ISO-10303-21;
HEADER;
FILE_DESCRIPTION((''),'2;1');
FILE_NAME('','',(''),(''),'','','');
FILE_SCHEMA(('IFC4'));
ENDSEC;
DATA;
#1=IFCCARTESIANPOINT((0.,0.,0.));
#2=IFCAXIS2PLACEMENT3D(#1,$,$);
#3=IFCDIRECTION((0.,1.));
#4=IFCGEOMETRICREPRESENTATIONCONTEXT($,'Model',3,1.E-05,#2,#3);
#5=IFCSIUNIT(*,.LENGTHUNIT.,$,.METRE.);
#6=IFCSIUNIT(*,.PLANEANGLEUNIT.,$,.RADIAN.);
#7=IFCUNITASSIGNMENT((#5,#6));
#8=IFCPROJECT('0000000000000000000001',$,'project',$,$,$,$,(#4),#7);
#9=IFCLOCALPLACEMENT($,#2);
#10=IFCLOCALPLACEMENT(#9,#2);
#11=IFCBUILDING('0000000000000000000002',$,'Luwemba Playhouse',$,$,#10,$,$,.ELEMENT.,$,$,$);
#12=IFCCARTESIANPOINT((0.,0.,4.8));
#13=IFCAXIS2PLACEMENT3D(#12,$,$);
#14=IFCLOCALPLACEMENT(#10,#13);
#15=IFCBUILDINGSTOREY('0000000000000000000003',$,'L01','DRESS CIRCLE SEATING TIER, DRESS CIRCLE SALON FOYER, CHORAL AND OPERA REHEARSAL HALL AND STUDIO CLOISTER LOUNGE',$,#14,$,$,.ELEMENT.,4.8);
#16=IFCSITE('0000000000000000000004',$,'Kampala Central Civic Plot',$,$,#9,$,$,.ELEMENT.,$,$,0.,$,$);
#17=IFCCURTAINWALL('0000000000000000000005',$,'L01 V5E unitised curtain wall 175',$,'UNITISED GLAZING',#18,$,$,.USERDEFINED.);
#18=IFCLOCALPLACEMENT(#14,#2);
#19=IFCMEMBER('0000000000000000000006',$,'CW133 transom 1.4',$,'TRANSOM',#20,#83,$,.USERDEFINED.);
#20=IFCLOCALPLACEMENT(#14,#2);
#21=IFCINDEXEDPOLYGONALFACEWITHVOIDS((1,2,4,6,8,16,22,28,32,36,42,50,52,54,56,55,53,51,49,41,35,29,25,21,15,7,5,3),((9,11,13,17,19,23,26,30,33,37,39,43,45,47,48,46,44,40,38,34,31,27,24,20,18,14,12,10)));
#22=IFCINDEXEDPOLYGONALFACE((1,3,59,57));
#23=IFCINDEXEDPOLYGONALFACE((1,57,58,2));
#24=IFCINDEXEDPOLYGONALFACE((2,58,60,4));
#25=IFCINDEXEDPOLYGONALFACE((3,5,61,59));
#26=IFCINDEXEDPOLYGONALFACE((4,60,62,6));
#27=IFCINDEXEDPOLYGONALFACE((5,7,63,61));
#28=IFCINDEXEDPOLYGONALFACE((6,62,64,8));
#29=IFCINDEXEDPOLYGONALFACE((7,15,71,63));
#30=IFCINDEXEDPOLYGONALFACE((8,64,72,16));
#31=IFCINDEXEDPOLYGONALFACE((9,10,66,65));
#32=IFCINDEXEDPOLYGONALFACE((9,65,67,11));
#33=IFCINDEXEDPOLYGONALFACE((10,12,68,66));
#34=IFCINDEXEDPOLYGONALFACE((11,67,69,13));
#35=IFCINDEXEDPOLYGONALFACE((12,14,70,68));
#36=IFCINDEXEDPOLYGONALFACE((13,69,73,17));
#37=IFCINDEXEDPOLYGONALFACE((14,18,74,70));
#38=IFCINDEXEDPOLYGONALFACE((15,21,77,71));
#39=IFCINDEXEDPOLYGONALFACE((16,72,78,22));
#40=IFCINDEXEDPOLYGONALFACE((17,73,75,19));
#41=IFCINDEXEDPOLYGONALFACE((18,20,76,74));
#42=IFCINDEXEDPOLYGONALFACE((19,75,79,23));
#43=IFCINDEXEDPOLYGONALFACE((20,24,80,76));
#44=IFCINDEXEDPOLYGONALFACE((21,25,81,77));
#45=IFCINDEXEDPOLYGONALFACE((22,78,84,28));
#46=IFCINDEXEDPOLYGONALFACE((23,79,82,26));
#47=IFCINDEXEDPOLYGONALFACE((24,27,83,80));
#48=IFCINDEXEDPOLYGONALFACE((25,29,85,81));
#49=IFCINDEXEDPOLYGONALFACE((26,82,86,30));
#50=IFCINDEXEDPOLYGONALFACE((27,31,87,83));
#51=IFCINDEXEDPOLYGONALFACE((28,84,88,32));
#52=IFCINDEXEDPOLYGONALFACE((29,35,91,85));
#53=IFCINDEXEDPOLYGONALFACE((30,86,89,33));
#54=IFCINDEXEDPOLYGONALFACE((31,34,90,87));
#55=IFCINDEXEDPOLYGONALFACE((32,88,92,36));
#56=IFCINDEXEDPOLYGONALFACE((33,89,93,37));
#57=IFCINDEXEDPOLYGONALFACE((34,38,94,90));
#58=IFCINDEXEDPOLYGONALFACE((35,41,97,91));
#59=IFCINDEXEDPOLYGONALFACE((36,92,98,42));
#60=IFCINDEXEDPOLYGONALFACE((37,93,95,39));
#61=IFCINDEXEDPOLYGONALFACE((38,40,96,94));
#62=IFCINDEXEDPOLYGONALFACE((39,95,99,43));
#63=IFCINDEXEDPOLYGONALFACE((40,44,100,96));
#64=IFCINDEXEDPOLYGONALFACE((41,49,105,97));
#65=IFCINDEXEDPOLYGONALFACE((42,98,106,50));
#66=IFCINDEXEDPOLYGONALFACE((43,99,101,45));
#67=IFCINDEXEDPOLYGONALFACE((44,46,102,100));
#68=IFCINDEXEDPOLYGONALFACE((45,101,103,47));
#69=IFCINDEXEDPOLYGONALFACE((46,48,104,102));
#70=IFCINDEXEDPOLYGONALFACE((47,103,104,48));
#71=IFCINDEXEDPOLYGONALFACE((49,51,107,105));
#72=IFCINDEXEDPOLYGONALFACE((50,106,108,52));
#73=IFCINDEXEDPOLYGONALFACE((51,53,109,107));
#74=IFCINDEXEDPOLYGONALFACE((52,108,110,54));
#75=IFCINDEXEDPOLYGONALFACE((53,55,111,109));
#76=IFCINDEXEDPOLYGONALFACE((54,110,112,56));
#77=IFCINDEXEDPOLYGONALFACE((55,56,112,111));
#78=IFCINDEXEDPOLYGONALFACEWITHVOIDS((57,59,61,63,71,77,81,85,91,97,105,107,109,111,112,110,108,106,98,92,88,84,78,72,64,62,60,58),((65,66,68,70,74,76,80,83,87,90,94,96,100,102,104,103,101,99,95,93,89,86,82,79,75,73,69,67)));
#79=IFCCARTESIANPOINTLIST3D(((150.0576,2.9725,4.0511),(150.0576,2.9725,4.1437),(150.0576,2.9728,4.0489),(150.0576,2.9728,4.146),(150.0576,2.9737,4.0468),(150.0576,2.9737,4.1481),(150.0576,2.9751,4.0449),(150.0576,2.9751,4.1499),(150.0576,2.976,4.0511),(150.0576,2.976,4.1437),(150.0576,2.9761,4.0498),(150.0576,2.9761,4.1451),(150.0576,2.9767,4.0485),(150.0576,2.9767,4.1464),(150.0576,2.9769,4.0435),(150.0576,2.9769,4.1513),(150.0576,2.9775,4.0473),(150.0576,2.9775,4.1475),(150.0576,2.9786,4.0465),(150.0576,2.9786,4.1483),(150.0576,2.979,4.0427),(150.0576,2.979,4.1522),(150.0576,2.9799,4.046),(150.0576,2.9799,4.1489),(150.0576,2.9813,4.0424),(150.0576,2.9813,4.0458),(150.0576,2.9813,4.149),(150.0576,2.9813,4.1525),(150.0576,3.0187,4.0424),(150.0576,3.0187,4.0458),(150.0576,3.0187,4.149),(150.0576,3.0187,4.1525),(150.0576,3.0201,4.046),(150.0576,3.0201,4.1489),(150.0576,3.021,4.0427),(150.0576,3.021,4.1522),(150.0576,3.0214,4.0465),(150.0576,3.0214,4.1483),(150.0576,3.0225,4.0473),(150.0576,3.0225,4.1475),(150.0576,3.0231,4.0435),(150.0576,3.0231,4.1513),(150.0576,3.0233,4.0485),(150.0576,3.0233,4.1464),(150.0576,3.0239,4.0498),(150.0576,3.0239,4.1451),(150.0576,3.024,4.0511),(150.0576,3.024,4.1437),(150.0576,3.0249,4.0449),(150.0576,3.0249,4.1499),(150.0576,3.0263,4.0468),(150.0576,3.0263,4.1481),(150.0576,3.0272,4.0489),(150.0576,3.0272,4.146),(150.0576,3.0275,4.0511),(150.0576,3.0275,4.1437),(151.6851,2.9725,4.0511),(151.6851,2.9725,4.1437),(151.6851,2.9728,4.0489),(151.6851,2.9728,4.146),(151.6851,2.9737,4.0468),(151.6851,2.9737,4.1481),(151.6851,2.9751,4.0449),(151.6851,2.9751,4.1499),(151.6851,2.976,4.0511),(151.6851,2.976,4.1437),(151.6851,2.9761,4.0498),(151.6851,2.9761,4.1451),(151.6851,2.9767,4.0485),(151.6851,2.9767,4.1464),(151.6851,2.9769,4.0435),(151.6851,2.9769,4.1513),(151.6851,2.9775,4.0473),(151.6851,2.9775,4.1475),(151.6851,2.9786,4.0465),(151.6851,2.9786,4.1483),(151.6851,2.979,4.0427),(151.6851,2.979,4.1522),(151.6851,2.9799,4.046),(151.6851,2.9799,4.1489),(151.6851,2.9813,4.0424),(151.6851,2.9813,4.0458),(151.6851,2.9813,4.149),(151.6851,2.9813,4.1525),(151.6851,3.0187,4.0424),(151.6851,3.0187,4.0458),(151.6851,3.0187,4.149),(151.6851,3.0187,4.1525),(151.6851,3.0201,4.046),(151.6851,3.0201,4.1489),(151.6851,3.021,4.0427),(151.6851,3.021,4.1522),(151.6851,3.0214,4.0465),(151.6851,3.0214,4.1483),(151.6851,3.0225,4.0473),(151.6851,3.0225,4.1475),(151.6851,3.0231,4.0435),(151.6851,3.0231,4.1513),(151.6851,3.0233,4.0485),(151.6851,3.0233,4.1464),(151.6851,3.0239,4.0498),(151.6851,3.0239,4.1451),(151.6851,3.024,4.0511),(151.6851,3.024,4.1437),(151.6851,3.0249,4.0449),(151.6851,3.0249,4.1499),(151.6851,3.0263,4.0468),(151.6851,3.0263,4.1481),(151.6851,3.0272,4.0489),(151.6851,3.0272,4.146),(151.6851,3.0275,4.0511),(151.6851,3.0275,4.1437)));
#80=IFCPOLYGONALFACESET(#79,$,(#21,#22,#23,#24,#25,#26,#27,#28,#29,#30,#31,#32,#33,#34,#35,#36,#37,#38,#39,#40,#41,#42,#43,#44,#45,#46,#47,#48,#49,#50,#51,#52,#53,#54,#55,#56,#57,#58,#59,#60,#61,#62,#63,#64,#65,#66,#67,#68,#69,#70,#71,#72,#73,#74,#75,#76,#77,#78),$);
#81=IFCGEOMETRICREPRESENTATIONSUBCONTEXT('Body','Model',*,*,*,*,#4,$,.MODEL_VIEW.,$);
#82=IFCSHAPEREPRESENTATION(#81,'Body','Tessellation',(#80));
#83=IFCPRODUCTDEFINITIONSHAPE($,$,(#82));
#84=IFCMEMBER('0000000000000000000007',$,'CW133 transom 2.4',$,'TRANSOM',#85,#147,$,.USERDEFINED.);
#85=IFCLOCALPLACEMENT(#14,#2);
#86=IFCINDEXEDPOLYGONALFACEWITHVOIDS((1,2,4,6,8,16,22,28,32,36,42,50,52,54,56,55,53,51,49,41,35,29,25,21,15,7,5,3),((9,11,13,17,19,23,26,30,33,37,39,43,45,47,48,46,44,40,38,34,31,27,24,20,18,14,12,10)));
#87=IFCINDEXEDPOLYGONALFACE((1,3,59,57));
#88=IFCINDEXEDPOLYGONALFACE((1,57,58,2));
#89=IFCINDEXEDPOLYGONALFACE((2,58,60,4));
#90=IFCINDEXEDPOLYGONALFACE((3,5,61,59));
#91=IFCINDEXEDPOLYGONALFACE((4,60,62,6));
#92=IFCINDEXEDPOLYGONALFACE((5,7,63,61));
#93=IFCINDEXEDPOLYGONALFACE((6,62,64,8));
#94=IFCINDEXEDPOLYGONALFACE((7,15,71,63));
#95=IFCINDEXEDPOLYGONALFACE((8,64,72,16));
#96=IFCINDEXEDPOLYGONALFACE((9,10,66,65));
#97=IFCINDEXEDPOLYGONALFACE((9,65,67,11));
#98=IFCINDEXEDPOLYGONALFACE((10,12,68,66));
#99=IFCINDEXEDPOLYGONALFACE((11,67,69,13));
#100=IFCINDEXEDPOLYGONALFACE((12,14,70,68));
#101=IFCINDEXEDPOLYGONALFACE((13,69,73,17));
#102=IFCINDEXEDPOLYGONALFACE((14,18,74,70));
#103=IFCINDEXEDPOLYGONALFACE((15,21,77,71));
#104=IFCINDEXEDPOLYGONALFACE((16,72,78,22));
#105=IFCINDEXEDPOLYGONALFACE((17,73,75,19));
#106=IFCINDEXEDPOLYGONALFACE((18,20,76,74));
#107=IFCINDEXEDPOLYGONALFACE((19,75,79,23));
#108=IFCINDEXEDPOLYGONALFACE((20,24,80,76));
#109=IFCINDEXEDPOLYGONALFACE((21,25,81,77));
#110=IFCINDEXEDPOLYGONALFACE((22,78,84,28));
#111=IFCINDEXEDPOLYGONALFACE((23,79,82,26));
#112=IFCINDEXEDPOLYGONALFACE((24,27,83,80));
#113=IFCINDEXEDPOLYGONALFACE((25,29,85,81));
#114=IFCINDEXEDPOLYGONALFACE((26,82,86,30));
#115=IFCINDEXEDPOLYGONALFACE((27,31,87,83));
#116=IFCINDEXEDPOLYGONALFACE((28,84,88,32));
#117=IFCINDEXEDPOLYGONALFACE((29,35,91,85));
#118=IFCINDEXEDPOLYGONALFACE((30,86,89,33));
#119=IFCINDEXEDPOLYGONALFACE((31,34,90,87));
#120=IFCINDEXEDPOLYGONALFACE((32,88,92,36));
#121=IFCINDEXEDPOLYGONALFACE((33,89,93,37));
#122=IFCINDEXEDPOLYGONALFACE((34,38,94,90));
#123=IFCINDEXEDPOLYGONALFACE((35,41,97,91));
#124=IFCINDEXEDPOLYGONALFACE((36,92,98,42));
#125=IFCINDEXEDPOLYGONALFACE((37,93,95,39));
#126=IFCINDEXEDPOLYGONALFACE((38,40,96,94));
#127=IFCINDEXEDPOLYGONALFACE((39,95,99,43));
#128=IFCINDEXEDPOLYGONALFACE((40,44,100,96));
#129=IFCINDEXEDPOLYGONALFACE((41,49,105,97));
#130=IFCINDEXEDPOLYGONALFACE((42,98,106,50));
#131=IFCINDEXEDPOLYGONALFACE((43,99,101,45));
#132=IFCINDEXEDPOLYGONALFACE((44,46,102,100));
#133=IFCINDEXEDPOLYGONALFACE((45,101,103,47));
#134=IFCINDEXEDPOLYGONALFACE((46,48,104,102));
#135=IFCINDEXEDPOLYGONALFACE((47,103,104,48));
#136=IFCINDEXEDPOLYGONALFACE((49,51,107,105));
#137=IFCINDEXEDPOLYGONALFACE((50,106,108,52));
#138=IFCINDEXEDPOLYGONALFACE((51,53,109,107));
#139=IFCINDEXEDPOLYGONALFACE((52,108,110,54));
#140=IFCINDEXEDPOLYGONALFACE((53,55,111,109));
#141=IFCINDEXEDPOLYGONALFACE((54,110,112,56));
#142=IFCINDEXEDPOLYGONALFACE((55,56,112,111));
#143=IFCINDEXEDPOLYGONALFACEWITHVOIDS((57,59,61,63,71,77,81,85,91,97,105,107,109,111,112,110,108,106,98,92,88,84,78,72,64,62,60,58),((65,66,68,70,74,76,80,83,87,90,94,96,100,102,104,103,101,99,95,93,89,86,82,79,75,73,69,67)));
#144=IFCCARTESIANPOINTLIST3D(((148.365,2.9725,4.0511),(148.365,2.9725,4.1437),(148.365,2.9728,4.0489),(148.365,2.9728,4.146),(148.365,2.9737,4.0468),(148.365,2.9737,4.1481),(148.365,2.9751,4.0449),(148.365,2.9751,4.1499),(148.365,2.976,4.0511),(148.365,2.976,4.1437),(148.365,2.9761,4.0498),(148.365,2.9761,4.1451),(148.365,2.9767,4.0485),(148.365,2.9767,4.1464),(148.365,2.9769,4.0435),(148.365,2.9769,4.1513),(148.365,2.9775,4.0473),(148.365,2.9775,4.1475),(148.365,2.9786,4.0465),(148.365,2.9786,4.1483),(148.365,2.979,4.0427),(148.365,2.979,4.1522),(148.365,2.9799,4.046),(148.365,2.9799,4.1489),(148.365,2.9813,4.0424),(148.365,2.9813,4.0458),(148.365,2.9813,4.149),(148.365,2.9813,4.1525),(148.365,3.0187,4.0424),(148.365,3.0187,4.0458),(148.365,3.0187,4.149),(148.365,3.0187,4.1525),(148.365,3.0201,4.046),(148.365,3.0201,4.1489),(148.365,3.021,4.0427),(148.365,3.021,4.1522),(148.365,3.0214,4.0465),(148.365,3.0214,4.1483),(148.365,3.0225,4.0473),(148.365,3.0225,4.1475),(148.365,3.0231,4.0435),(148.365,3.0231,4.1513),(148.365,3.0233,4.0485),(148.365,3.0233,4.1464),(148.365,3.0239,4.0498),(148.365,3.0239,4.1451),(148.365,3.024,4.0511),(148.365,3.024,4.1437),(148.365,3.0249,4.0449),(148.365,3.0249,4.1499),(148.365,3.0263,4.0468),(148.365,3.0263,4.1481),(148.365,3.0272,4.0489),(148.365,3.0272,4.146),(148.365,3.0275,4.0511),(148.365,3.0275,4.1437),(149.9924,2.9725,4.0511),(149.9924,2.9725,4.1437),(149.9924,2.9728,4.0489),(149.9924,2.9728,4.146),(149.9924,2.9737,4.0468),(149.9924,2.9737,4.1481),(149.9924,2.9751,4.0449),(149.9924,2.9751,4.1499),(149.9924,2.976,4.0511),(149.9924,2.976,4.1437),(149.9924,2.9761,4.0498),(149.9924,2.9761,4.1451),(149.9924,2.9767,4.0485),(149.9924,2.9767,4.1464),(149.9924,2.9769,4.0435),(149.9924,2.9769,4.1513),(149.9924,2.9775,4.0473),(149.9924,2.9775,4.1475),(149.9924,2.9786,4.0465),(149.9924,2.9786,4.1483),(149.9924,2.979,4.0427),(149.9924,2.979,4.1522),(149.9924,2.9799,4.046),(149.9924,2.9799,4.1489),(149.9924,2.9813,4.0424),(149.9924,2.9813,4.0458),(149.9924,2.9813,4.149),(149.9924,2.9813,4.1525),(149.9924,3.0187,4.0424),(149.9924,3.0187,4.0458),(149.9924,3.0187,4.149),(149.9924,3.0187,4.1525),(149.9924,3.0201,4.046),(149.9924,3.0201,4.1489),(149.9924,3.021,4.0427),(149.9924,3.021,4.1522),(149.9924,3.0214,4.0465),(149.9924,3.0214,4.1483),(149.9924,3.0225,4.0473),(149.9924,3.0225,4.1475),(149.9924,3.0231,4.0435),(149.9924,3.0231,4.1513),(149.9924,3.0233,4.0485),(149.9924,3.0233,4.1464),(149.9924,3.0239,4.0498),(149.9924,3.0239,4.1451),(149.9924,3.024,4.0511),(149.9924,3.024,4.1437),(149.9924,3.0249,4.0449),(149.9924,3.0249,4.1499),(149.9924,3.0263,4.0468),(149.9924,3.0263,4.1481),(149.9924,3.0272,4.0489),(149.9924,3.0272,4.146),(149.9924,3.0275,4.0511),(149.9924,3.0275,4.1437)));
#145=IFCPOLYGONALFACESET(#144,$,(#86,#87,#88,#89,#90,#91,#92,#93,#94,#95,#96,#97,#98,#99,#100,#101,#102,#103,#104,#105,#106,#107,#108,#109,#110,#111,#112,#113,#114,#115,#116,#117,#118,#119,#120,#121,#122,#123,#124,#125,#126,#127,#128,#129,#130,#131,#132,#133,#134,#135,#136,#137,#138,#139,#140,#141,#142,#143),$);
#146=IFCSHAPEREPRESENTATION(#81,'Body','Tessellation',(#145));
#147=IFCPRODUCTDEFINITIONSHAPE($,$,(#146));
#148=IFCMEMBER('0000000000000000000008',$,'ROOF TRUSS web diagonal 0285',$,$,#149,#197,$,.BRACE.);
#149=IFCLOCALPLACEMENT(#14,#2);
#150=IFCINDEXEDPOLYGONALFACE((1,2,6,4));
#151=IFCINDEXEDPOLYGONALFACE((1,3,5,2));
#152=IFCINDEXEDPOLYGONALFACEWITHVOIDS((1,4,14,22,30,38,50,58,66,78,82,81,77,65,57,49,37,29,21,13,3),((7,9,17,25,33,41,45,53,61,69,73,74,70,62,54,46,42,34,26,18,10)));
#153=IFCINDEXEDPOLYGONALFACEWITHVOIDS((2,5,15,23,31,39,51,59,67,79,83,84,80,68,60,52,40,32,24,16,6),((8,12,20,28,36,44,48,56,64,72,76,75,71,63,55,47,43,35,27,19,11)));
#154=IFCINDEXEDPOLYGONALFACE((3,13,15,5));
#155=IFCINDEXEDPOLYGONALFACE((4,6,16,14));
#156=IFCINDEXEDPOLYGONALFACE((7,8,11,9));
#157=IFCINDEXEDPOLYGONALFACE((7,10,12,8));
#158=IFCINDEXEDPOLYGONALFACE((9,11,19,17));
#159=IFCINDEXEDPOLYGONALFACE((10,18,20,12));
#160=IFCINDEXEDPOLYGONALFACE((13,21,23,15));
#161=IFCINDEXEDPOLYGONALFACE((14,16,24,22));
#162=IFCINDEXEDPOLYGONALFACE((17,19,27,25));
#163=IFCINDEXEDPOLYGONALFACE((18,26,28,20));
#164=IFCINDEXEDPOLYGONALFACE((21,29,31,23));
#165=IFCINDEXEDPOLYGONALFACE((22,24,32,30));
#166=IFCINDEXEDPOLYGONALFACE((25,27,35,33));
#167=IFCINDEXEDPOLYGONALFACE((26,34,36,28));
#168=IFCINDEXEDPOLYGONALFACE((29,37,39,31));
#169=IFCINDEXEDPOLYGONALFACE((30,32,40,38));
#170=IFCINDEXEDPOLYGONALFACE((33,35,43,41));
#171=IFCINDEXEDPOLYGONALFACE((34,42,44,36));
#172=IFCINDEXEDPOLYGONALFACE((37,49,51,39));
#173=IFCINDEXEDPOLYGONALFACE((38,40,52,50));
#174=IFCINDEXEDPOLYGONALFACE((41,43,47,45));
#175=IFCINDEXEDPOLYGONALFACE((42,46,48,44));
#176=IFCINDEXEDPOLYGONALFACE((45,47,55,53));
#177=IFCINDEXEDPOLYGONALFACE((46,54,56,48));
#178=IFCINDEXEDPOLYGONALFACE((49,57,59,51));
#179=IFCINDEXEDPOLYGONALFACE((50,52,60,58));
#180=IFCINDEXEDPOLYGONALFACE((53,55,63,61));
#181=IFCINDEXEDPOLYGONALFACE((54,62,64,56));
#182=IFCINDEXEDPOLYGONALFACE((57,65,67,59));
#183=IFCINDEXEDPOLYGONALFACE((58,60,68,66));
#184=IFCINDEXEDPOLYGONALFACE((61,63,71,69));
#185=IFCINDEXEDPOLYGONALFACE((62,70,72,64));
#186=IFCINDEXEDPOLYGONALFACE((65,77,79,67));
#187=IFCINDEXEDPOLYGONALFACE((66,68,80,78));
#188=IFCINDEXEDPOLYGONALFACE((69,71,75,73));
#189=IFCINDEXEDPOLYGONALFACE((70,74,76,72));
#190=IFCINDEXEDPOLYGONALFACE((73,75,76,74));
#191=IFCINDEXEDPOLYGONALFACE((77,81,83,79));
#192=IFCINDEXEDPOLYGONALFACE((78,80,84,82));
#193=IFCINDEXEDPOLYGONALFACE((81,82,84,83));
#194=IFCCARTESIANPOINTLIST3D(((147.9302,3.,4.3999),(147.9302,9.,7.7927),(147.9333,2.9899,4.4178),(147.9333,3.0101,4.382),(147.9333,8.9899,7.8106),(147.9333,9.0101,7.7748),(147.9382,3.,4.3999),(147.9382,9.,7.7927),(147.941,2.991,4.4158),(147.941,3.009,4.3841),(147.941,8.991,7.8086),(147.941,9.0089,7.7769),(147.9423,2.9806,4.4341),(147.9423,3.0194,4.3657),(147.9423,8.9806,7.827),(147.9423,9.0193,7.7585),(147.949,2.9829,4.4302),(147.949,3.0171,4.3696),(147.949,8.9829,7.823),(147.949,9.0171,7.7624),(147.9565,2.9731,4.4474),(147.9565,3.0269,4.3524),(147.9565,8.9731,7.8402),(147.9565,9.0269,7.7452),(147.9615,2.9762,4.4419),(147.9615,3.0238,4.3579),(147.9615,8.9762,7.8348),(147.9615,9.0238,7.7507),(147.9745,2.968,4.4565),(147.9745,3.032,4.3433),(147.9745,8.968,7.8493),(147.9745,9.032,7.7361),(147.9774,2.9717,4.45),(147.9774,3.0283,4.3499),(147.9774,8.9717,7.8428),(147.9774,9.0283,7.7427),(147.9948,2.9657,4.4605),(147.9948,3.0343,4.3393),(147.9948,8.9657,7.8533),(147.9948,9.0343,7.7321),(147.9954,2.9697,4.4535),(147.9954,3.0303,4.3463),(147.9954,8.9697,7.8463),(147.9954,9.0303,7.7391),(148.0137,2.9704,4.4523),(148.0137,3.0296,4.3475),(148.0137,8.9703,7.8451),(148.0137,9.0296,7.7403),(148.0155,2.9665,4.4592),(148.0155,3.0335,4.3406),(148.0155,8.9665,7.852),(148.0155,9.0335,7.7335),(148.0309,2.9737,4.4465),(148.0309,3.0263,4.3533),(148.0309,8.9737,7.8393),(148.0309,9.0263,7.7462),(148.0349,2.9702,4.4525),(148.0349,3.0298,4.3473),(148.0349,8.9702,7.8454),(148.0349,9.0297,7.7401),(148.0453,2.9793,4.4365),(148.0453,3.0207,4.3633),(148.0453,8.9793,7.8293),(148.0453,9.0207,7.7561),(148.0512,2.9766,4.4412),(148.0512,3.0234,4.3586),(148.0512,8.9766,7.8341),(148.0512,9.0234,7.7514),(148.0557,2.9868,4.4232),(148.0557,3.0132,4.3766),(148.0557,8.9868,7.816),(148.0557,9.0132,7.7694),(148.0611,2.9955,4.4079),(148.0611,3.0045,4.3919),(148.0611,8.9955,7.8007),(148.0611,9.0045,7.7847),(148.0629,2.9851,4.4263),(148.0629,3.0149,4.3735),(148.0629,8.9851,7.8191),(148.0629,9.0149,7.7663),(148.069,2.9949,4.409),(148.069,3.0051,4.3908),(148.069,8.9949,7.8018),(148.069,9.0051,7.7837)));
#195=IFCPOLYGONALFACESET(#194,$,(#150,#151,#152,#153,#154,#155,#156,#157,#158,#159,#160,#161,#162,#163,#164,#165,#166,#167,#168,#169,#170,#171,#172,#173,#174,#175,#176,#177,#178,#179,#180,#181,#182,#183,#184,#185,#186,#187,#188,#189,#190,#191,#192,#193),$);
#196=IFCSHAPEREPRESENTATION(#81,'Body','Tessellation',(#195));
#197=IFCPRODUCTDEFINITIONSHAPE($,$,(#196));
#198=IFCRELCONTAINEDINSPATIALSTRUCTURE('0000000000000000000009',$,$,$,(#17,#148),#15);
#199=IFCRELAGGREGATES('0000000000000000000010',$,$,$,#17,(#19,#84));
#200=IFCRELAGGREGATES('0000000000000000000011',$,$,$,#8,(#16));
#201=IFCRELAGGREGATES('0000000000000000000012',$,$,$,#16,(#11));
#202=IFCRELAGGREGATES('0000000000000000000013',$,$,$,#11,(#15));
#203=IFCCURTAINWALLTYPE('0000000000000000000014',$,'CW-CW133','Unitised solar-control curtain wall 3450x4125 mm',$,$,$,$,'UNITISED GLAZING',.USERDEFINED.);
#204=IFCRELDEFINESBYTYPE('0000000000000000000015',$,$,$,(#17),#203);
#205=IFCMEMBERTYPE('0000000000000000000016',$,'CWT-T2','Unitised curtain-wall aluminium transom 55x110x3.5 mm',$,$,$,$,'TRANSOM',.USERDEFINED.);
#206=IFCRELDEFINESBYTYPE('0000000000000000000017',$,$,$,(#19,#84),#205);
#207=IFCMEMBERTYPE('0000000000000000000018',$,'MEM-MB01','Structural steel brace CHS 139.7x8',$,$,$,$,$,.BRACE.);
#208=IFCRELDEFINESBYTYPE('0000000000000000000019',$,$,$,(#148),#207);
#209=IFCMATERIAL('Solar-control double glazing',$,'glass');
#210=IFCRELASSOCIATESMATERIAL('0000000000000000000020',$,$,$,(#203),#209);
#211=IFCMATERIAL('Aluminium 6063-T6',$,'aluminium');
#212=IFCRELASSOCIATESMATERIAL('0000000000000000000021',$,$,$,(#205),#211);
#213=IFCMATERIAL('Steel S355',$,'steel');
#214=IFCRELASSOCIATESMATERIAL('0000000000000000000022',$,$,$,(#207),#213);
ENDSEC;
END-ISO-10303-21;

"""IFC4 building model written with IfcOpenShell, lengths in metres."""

from ifc_helpers import new_model, si_unit, direction, frame, origin, origin_2d, place, context, subcontext, project, spatial, hollow_rectangle, hollow_circle, extrude, material, material_profile, profile_set, type_object, element, aggregate, save


model = new_model("IFC4")

# Units and contexts
model_context = context("Model", 3, precision=1e-05, world=origin(), true_north=direction((0.0, 1.0)))
body_context = subcontext(model_context, "Body", "Model", "MODEL_VIEW")
ifc_project = project(units=[si_unit("LENGTHUNIT", "METRE"), si_unit("PLANEANGLEUNIT", "RADIAN")], contexts=[model_context])

# Site, building, storey
site_placement = place(None, origin())
site = spatial("IfcSite", under=ifc_project, at=site_placement, Name="Kampala Central Civic Plot", CompositionType="ELEMENT", RefElevation=0.0)
building_placement = place(site_placement, origin())
building = spatial("IfcBuilding", under=site, at=building_placement, Name="Luwemba Playhouse", CompositionType="ELEMENT")
storey_placement = place(building_placement, frame((0.0, 0.0, 4.8)))
storey = spatial("IfcBuildingStorey", under=building, at=storey_placement, Name="L01", Description="DRESS CIRCLE SEATING TIER, DRESS CIRCLE SALON FOYER, CHORAL AND OPERA REHEARSAL HALL AND STUDIO CLOISTER LOUNGE", CompositionType="ELEMENT", Elevation=4.8)

# Shared definitions
ifc_material_1 = material(Name="Steel S355", Category="steel")

# Curtain wall, members
ifc_material_2 = material(Name="Solar-control double glazing", Category="glass")
ifc_material_3 = material(Name="Aluminium 6063-T6", Category="aluminium")
curtain_wall_type_1 = type_object("IfcCurtainWallType", Name="CW-CW133", Description="Unitised solar-control curtain wall 3450x4125 mm", ElementType="UNITISED GLAZING", PredefinedType="USERDEFINED", material=ifc_material_2)
curtain_wall_1_placement = place(storey_placement, origin())
curtain_wall_1 = element("IfcCurtainWall", 1, at=curtain_wall_1_placement, inside=storey, type_object=curtain_wall_type_1, Name="L01 V5E unitised curtain wall 175", ObjectType="UNITISED GLAZING", PredefinedType="USERDEFINED")
ifc_material_profile_1 = material_profile(ifc_material_3, hollow_rectangle(XDim=0.0549, YDim=0.1101, WallThickness=0.0034, InnerFilletRadius=0.0054, OuterFilletRadius=0.0088, at=origin_2d()))
ifc_profile_set_1 = profile_set([ifc_material_profile_1], Name="Aluminium 6063-T6")
member_type_1 = type_object("IfcMemberType", Name="CWT-T2", Description="Unitised curtain-wall aluminium transom 55x110x3.5 mm", ElementType="TRANSOM", PredefinedType="USERDEFINED", material=ifc_profile_set_1)
member_1_placement = place(storey_placement, frame((151.6851, 3.0, 4.0974), z_axis=(-1.0, 0.0, 0.0), x_axis=(0.0, -1.0, 0.0)))
member_1 = element("IfcMember", 2, at=member_1_placement, type_object=member_type_1, Name="CW133 transom 1.4", ObjectType="TRANSOM", PredefinedType="USERDEFINED", context=body_context, shape_type="SweptSolid", body=[
    extrude(hollow_rectangle(XDim=0.0549, YDim=0.1101, WallThickness=0.0034, InnerFilletRadius=0.0054, OuterFilletRadius=0.0088, at=origin_2d()), origin(), (0.0, 0.0, 1.0), 1.6274),
])
member_2_placement = place(storey_placement, frame((149.9924, 3.0, 4.0974), z_axis=(-1.0, 0.0, 0.0), x_axis=(0.0, -1.0, 0.0)))
member_2 = element("IfcMember", 3, at=member_2_placement, type_object=member_type_1, Name="CW133 transom 2.4", ObjectType="TRANSOM", PredefinedType="USERDEFINED", context=body_context, shape_type="SweptSolid", body=[
    extrude(hollow_rectangle(XDim=0.0549, YDim=0.1101, WallThickness=0.0034, InnerFilletRadius=0.0054, OuterFilletRadius=0.0088, at=origin_2d()), origin(), (0.0, 0.0, 1.0), 1.6274),
])

# Member
ifc_material_profile_2 = material_profile(ifc_material_1, hollow_circle(Radius=0.0698, WallThickness=0.0081, at=origin_2d()))
ifc_profile_set_2 = profile_set([ifc_material_profile_2], Name="Steel S355")
member_type_2 = type_object("IfcMemberType", Name="MEM-MB01", Description="Structural steel brace CHS 139.7x8", PredefinedType="BRACE", material=ifc_profile_set_2)
member_3_placement = place(storey_placement, frame((148.0, 3.0, 4.3999), z_axis=(0.0, 0.870468, 0.492224), x_axis=(-1.0, 0.0, 0.0)))
element("IfcMember", 4, at=member_3_placement, inside=storey, type_object=member_type_2, Name="ROOF TRUSS web diagonal 0285", PredefinedType="BRACE", context=body_context, shape_type="SweptSolid", body=[
    extrude(hollow_circle(Radius=0.0698, WallThickness=0.0081, at=origin_2d()), origin(), (0.0, 0.0, 1.0), 6.8928),
])

aggregate(curtain_wall_1, [member_1, member_2])

save(model, "model.ifc")
